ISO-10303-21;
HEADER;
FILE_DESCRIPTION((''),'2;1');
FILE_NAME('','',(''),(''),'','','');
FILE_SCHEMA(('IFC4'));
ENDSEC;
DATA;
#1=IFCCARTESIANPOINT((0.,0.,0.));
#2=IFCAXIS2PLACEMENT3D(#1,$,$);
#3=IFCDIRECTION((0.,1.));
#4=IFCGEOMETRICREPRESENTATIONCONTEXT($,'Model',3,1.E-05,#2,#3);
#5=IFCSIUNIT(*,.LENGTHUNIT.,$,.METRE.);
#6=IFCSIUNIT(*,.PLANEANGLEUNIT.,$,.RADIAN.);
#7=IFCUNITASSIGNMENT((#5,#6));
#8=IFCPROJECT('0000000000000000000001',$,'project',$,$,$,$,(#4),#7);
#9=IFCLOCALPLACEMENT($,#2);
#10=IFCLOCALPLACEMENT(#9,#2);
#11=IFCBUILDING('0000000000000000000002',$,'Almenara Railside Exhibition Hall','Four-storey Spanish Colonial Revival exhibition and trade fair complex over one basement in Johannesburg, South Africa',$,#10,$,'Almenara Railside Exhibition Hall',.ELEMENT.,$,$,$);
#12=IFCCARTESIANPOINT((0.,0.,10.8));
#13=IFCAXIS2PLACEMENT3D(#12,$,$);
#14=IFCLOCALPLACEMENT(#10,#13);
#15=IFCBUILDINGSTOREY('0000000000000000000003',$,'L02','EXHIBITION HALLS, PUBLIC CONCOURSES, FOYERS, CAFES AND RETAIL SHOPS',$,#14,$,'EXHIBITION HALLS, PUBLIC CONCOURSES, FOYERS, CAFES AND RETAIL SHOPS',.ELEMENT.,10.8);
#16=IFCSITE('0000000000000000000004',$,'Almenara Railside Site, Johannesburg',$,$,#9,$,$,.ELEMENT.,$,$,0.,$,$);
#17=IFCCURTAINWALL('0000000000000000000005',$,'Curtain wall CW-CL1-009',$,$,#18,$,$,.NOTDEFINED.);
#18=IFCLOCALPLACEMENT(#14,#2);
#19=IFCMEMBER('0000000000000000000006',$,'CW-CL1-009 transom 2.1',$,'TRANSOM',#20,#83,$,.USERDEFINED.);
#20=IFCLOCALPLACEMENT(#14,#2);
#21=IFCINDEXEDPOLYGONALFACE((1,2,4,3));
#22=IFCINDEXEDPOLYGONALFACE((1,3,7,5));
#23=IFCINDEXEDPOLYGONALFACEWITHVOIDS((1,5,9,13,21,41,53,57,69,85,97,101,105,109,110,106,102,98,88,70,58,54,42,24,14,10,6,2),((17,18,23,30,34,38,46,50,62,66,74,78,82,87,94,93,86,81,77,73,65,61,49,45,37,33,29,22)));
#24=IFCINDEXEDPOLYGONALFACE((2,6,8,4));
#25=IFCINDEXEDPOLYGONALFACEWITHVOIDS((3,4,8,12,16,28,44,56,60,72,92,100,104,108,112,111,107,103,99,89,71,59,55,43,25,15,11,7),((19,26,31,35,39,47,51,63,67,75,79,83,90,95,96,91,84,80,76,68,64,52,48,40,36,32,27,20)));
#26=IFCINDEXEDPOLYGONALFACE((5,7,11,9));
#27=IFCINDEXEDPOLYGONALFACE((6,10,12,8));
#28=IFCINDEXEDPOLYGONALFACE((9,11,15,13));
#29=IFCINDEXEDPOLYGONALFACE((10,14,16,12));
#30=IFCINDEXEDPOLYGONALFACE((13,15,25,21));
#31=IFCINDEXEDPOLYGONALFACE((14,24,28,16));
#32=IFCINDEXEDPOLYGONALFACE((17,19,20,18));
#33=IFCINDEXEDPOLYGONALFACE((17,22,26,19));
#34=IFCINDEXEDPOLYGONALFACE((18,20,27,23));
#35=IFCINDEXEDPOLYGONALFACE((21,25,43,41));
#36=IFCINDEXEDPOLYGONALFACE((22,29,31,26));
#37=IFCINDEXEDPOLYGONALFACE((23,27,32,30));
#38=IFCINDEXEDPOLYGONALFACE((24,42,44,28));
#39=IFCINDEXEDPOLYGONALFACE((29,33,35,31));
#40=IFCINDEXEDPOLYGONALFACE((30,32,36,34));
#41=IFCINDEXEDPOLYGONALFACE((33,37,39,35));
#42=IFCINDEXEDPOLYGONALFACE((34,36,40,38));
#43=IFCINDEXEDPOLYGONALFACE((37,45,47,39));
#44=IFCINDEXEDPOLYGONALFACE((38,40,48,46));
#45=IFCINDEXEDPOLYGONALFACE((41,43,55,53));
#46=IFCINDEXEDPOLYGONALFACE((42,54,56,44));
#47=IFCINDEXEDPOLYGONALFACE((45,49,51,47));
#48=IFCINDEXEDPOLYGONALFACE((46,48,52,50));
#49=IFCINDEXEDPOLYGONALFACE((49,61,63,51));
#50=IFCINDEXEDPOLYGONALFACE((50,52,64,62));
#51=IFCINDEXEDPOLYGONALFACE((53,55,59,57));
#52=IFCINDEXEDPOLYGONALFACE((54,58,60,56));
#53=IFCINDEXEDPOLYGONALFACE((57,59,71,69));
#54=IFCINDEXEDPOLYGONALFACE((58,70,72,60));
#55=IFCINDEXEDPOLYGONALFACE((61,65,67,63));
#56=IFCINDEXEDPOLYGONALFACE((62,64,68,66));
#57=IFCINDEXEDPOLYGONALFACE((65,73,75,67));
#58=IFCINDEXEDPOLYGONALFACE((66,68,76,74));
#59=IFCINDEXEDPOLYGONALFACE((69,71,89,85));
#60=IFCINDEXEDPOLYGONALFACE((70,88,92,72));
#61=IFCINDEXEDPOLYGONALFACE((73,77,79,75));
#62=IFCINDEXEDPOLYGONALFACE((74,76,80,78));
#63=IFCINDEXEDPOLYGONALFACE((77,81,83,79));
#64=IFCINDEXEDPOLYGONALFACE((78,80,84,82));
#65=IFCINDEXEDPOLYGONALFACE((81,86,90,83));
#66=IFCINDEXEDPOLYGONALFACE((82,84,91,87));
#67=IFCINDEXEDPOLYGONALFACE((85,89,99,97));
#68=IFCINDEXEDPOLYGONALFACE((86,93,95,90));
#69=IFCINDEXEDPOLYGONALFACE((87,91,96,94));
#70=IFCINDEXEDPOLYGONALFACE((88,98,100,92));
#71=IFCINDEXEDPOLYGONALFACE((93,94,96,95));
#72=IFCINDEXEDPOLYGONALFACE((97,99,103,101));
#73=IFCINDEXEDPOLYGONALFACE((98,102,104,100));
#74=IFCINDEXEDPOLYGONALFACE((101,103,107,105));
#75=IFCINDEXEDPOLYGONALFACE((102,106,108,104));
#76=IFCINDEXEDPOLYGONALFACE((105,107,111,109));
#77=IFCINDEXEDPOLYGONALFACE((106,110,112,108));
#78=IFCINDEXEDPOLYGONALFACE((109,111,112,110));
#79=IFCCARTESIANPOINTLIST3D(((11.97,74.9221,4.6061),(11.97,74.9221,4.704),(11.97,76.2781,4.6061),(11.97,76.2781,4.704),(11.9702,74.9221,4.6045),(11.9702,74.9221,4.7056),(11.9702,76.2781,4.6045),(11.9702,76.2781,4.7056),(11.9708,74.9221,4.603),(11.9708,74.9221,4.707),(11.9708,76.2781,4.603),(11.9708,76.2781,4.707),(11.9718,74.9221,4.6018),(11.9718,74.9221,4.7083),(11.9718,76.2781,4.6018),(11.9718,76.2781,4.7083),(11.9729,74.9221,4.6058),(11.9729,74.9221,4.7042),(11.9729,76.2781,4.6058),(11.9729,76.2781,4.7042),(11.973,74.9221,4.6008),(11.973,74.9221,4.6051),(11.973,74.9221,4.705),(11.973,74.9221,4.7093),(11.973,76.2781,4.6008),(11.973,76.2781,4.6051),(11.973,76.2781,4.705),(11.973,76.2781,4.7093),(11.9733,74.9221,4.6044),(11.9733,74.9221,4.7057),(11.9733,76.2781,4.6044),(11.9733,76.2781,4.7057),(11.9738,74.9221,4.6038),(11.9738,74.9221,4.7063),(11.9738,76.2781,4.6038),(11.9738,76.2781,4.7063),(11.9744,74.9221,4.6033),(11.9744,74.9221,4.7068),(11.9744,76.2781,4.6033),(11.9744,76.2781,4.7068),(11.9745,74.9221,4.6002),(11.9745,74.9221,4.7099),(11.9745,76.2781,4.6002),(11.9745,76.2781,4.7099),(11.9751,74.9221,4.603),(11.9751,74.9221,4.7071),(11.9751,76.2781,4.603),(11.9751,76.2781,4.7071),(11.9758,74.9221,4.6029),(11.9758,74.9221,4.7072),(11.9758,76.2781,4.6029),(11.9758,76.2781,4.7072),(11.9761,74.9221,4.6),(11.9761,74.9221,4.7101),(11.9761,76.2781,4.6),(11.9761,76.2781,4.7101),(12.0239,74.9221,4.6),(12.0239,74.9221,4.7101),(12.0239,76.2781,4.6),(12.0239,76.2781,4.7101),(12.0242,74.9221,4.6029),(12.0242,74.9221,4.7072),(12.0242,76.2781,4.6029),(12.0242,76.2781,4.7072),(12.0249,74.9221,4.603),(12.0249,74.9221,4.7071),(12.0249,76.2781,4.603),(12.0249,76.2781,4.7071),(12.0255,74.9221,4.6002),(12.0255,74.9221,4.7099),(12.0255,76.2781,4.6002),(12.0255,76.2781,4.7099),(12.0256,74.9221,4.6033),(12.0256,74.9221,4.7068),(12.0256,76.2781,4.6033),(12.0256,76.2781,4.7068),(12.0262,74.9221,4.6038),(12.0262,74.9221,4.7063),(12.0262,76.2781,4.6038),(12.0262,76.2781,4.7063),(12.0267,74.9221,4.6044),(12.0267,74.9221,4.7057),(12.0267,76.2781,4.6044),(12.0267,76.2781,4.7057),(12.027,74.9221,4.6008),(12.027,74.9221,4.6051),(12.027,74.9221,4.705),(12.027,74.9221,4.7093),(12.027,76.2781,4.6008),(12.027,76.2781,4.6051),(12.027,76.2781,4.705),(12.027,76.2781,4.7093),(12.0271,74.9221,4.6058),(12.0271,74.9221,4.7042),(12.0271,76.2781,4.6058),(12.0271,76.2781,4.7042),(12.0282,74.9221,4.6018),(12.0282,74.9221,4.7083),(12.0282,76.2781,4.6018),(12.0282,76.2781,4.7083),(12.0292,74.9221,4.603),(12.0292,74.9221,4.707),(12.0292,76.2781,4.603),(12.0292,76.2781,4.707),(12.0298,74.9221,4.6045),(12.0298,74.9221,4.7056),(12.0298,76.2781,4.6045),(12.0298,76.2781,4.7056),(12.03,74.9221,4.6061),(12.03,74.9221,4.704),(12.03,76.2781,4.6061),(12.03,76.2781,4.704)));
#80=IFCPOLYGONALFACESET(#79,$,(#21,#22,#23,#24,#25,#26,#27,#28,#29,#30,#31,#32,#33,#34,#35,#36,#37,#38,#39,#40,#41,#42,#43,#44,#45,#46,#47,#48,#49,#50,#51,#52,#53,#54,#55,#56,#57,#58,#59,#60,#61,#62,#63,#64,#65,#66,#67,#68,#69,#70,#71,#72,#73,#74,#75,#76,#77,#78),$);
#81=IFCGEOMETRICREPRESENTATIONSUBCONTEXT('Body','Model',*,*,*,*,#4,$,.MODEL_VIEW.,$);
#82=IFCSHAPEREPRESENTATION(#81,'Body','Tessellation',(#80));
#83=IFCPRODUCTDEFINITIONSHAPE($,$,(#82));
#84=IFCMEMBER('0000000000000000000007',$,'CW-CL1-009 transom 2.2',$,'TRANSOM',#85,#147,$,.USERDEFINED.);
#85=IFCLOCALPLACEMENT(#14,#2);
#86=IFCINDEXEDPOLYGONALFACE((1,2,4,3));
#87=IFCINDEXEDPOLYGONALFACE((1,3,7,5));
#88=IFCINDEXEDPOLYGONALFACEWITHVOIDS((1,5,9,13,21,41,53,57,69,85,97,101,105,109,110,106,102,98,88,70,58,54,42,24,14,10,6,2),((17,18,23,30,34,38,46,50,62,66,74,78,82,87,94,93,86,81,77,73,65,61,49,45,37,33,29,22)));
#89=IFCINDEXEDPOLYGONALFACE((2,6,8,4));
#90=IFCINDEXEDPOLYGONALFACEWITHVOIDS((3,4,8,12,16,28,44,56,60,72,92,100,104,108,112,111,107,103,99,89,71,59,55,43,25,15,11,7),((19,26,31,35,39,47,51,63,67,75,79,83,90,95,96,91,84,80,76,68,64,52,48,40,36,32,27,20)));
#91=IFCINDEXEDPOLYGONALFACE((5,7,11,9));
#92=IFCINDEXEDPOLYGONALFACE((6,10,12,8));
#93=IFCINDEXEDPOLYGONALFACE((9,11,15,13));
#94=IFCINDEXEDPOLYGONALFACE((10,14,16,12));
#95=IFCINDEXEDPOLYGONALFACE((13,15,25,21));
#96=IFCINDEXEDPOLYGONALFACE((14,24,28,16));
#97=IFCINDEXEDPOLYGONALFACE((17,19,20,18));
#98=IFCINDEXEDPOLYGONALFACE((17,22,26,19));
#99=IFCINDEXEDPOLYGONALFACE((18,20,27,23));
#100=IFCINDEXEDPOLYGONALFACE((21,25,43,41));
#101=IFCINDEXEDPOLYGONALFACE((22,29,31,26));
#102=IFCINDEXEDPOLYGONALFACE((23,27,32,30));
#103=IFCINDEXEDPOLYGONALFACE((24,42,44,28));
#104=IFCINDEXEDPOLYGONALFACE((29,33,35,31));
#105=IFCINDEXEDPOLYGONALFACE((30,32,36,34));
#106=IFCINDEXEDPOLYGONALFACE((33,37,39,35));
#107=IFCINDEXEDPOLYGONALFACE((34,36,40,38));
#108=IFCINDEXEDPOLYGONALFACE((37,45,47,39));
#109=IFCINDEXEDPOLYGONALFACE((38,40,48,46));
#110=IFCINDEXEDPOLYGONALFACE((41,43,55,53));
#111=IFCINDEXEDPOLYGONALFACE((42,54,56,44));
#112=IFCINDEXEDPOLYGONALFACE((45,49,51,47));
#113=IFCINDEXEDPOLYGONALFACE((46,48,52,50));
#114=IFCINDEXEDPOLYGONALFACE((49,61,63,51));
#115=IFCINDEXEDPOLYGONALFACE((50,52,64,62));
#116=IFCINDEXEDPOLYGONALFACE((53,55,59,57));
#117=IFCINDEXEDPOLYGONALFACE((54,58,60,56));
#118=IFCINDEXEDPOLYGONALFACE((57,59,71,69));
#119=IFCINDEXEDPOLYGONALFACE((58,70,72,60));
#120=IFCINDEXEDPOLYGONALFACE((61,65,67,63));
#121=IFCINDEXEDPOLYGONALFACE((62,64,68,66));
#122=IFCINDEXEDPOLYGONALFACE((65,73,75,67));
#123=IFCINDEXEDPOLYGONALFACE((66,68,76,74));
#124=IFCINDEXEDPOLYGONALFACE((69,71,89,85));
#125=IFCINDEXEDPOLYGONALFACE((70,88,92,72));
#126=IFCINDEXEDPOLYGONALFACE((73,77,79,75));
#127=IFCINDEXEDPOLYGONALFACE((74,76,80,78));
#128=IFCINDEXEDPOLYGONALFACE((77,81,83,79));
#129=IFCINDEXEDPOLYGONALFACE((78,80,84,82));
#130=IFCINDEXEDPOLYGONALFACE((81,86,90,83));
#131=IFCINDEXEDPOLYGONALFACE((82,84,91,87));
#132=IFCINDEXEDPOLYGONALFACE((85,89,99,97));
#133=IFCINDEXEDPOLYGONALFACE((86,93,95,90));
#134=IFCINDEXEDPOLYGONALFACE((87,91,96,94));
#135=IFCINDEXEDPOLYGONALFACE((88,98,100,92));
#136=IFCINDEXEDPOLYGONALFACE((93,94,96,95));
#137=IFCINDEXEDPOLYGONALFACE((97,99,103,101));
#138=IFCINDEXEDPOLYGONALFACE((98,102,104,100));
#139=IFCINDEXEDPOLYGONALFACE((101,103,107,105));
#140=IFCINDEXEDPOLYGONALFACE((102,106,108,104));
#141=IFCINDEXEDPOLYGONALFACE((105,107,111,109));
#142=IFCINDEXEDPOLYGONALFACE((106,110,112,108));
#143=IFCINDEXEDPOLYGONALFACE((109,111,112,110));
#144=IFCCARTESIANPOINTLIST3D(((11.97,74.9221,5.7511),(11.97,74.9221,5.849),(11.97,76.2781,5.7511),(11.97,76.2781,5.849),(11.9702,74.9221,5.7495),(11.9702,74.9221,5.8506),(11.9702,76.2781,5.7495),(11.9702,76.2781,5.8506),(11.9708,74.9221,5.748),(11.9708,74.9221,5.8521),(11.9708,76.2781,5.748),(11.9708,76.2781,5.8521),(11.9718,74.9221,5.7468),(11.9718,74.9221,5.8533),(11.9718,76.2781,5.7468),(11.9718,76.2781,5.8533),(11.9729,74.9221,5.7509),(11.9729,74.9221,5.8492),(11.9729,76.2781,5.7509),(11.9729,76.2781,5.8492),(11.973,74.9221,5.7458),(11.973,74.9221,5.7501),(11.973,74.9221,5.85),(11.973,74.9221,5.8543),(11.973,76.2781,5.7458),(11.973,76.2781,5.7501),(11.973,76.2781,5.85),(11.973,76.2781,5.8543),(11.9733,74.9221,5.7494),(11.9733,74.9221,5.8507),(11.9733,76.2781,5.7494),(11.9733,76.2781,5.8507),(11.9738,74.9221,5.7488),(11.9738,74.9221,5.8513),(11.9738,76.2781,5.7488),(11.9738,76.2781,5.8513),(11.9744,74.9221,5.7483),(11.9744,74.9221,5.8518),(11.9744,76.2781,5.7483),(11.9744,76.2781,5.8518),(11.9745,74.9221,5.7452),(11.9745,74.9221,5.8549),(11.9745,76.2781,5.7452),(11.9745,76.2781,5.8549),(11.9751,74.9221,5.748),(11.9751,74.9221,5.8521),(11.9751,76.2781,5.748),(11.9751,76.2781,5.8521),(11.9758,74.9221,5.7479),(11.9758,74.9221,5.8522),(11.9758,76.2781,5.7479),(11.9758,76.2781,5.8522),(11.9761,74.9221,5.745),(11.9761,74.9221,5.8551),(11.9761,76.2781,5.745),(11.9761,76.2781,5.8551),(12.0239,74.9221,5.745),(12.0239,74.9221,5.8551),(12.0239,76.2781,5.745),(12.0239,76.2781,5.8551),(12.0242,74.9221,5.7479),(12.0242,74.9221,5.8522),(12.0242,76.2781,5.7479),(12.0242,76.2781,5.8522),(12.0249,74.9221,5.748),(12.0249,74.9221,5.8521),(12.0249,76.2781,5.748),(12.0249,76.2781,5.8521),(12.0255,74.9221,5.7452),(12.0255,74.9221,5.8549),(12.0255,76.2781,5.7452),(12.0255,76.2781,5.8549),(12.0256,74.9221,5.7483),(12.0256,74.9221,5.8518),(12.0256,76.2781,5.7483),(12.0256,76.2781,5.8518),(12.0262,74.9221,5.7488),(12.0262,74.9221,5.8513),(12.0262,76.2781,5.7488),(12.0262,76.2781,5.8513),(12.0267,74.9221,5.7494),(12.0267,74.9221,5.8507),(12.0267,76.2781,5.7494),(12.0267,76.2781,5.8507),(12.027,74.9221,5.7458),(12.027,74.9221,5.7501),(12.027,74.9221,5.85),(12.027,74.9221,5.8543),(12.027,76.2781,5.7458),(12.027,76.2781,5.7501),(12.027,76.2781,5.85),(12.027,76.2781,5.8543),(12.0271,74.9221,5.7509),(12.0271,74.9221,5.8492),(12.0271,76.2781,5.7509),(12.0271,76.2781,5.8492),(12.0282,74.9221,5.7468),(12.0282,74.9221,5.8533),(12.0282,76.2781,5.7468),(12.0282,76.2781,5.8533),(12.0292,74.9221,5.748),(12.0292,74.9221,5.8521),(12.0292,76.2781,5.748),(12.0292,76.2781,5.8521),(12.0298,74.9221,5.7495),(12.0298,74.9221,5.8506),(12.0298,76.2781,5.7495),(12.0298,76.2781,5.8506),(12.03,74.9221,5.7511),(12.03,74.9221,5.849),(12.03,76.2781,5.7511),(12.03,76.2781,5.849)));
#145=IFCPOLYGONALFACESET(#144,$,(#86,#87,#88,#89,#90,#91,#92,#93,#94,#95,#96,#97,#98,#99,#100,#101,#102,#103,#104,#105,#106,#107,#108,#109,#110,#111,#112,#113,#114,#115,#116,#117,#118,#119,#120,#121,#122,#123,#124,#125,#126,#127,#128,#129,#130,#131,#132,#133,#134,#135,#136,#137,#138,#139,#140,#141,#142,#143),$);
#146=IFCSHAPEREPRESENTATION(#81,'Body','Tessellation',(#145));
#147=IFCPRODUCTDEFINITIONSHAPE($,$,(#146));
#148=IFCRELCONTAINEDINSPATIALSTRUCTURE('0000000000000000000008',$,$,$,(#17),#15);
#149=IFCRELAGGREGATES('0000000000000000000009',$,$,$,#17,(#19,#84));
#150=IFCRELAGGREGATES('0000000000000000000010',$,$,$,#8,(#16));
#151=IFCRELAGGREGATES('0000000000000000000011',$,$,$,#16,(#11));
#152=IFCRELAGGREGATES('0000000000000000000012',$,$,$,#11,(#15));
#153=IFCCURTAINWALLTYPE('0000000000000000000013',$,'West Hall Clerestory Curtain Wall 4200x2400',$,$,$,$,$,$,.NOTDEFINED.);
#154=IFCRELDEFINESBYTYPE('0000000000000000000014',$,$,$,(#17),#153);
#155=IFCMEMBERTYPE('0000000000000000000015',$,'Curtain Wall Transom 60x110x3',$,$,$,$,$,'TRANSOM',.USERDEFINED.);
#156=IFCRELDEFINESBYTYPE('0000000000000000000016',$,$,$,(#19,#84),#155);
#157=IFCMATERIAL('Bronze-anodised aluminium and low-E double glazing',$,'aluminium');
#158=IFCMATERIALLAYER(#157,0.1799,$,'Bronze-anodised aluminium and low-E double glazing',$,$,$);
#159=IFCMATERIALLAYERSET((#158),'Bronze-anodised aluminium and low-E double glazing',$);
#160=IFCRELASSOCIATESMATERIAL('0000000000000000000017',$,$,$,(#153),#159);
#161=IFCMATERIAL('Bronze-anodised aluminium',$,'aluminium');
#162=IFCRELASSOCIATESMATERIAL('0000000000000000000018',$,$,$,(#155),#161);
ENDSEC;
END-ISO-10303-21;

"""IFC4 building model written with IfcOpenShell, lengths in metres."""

from ifc_helpers import new_model, si_unit, direction, frame, origin, origin_2d, place, context, subcontext, project, spatial, hollow_rectangle, extrude, material, layer, layer_set, material_profile, profile_set, type_object, element, aggregate, save


model = new_model("IFC4")

# Units and contexts
model_context = context("Model", 3, precision=1e-05, world=origin(), true_north=direction((0.0, 1.0)))
body_context = subcontext(model_context, "Body", "Model", "MODEL_VIEW")
ifc_project = project(units=[si_unit("LENGTHUNIT", "METRE"), si_unit("PLANEANGLEUNIT", "RADIAN")], contexts=[model_context])

# Site, building, storey
site_placement = place(None, origin())
site = spatial("IfcSite", under=ifc_project, at=site_placement, Name="Almenara Railside Site, Johannesburg", CompositionType="ELEMENT", RefElevation=0.0)
building_placement = place(site_placement, origin())
building = spatial("IfcBuilding", under=site, at=building_placement, Name="Almenara Railside Exhibition Hall", Description="Four-storey Spanish Colonial Revival exhibition and trade fair complex over one basement in Johannesburg, South Africa", LongName="Almenara Railside Exhibition Hall", CompositionType="ELEMENT")
storey_placement = place(building_placement, frame((0.0, 0.0, 10.8)))
storey = spatial("IfcBuildingStorey", under=building, at=storey_placement, Name="L02", Description="EXHIBITION HALLS, PUBLIC CONCOURSES, FOYERS, CAFES AND RETAIL SHOPS", LongName="EXHIBITION HALLS, PUBLIC CONCOURSES, FOYERS, CAFES AND RETAIL SHOPS", CompositionType="ELEMENT", Elevation=10.8)

# Curtain wall, members
ifc_material_1 = material(Name="Bronze-anodised aluminium and low-E double glazing", Category="aluminium")
ifc_layer_1 = layer(ifc_material_1, 0.1799, Name="Bronze-anodised aluminium and low-E double glazing")
ifc_layer_set_1 = layer_set([ifc_layer_1], Name="Bronze-anodised aluminium and low-E double glazing")
curtain_wall_type = type_object("IfcCurtainWallType", Name="West Hall Clerestory Curtain Wall 4200x2400", PredefinedType="NOTDEFINED", material=ifc_layer_set_1)
curtain_wall_placement = place(storey_placement, origin())
curtain_wall = element("IfcCurtainWall", 1, at=curtain_wall_placement, inside=storey, type_object=curtain_wall_type, Name="Curtain wall CW-CL1-009", PredefinedType="NOTDEFINED")
ifc_material_2 = material(Name="Bronze-anodised aluminium", Category="aluminium")
ifc_material_profile_1 = material_profile(ifc_material_2, hollow_rectangle(XDim=0.0601, YDim=0.1101, WallThickness=0.0029, InnerFilletRadius=0.0029, OuterFilletRadius=0.0061, at=origin_2d()), Name="ALU-TRN 60x110x3")
ifc_profile_set_1 = profile_set([ifc_material_profile_1], Name="Bronze-anodised aluminium")
member_type_1 = type_object("IfcMemberType", Name="Curtain Wall Transom 60x110x3", ElementType="TRANSOM", PredefinedType="USERDEFINED", material=ifc_profile_set_1)
member_1_placement = place(storey_placement, frame((12.0, 74.9221, 4.655), z_axis=(0.0, 1.0, 0.0), x_axis=(-1.0, 0.0, 0.0)))
member_1 = element("IfcMember", 2, at=member_1_placement, type_object=member_type_1, Name="CW-CL1-009 transom 2.1", ObjectType="TRANSOM", PredefinedType="USERDEFINED", context=body_context, shape_type="SweptSolid", body=[
    extrude(hollow_rectangle(XDim=0.0601, YDim=0.1101, WallThickness=0.0029, InnerFilletRadius=0.0029, OuterFilletRadius=0.0061, at=origin_2d()), origin(), (0.0, 0.0, 1.0), 1.356),
])
member_2_placement = place(storey_placement, frame((12.0, 74.9221, 5.8), z_axis=(0.0, 1.0, 0.0), x_axis=(-1.0, 0.0, 0.0)))
member_2 = element("IfcMember", 3, at=member_2_placement, type_object=member_type_1, Name="CW-CL1-009 transom 2.2", ObjectType="TRANSOM", PredefinedType="USERDEFINED", context=body_context, shape_type="SweptSolid", body=[
    extrude(hollow_rectangle(XDim=0.0601, YDim=0.1101, WallThickness=0.0029, InnerFilletRadius=0.0029, OuterFilletRadius=0.0061, at=origin_2d()), origin(), (0.0, 0.0, 1.0), 1.356),
])

aggregate(curtain_wall, [member_1, member_2])

save(model, "model.ifc")
